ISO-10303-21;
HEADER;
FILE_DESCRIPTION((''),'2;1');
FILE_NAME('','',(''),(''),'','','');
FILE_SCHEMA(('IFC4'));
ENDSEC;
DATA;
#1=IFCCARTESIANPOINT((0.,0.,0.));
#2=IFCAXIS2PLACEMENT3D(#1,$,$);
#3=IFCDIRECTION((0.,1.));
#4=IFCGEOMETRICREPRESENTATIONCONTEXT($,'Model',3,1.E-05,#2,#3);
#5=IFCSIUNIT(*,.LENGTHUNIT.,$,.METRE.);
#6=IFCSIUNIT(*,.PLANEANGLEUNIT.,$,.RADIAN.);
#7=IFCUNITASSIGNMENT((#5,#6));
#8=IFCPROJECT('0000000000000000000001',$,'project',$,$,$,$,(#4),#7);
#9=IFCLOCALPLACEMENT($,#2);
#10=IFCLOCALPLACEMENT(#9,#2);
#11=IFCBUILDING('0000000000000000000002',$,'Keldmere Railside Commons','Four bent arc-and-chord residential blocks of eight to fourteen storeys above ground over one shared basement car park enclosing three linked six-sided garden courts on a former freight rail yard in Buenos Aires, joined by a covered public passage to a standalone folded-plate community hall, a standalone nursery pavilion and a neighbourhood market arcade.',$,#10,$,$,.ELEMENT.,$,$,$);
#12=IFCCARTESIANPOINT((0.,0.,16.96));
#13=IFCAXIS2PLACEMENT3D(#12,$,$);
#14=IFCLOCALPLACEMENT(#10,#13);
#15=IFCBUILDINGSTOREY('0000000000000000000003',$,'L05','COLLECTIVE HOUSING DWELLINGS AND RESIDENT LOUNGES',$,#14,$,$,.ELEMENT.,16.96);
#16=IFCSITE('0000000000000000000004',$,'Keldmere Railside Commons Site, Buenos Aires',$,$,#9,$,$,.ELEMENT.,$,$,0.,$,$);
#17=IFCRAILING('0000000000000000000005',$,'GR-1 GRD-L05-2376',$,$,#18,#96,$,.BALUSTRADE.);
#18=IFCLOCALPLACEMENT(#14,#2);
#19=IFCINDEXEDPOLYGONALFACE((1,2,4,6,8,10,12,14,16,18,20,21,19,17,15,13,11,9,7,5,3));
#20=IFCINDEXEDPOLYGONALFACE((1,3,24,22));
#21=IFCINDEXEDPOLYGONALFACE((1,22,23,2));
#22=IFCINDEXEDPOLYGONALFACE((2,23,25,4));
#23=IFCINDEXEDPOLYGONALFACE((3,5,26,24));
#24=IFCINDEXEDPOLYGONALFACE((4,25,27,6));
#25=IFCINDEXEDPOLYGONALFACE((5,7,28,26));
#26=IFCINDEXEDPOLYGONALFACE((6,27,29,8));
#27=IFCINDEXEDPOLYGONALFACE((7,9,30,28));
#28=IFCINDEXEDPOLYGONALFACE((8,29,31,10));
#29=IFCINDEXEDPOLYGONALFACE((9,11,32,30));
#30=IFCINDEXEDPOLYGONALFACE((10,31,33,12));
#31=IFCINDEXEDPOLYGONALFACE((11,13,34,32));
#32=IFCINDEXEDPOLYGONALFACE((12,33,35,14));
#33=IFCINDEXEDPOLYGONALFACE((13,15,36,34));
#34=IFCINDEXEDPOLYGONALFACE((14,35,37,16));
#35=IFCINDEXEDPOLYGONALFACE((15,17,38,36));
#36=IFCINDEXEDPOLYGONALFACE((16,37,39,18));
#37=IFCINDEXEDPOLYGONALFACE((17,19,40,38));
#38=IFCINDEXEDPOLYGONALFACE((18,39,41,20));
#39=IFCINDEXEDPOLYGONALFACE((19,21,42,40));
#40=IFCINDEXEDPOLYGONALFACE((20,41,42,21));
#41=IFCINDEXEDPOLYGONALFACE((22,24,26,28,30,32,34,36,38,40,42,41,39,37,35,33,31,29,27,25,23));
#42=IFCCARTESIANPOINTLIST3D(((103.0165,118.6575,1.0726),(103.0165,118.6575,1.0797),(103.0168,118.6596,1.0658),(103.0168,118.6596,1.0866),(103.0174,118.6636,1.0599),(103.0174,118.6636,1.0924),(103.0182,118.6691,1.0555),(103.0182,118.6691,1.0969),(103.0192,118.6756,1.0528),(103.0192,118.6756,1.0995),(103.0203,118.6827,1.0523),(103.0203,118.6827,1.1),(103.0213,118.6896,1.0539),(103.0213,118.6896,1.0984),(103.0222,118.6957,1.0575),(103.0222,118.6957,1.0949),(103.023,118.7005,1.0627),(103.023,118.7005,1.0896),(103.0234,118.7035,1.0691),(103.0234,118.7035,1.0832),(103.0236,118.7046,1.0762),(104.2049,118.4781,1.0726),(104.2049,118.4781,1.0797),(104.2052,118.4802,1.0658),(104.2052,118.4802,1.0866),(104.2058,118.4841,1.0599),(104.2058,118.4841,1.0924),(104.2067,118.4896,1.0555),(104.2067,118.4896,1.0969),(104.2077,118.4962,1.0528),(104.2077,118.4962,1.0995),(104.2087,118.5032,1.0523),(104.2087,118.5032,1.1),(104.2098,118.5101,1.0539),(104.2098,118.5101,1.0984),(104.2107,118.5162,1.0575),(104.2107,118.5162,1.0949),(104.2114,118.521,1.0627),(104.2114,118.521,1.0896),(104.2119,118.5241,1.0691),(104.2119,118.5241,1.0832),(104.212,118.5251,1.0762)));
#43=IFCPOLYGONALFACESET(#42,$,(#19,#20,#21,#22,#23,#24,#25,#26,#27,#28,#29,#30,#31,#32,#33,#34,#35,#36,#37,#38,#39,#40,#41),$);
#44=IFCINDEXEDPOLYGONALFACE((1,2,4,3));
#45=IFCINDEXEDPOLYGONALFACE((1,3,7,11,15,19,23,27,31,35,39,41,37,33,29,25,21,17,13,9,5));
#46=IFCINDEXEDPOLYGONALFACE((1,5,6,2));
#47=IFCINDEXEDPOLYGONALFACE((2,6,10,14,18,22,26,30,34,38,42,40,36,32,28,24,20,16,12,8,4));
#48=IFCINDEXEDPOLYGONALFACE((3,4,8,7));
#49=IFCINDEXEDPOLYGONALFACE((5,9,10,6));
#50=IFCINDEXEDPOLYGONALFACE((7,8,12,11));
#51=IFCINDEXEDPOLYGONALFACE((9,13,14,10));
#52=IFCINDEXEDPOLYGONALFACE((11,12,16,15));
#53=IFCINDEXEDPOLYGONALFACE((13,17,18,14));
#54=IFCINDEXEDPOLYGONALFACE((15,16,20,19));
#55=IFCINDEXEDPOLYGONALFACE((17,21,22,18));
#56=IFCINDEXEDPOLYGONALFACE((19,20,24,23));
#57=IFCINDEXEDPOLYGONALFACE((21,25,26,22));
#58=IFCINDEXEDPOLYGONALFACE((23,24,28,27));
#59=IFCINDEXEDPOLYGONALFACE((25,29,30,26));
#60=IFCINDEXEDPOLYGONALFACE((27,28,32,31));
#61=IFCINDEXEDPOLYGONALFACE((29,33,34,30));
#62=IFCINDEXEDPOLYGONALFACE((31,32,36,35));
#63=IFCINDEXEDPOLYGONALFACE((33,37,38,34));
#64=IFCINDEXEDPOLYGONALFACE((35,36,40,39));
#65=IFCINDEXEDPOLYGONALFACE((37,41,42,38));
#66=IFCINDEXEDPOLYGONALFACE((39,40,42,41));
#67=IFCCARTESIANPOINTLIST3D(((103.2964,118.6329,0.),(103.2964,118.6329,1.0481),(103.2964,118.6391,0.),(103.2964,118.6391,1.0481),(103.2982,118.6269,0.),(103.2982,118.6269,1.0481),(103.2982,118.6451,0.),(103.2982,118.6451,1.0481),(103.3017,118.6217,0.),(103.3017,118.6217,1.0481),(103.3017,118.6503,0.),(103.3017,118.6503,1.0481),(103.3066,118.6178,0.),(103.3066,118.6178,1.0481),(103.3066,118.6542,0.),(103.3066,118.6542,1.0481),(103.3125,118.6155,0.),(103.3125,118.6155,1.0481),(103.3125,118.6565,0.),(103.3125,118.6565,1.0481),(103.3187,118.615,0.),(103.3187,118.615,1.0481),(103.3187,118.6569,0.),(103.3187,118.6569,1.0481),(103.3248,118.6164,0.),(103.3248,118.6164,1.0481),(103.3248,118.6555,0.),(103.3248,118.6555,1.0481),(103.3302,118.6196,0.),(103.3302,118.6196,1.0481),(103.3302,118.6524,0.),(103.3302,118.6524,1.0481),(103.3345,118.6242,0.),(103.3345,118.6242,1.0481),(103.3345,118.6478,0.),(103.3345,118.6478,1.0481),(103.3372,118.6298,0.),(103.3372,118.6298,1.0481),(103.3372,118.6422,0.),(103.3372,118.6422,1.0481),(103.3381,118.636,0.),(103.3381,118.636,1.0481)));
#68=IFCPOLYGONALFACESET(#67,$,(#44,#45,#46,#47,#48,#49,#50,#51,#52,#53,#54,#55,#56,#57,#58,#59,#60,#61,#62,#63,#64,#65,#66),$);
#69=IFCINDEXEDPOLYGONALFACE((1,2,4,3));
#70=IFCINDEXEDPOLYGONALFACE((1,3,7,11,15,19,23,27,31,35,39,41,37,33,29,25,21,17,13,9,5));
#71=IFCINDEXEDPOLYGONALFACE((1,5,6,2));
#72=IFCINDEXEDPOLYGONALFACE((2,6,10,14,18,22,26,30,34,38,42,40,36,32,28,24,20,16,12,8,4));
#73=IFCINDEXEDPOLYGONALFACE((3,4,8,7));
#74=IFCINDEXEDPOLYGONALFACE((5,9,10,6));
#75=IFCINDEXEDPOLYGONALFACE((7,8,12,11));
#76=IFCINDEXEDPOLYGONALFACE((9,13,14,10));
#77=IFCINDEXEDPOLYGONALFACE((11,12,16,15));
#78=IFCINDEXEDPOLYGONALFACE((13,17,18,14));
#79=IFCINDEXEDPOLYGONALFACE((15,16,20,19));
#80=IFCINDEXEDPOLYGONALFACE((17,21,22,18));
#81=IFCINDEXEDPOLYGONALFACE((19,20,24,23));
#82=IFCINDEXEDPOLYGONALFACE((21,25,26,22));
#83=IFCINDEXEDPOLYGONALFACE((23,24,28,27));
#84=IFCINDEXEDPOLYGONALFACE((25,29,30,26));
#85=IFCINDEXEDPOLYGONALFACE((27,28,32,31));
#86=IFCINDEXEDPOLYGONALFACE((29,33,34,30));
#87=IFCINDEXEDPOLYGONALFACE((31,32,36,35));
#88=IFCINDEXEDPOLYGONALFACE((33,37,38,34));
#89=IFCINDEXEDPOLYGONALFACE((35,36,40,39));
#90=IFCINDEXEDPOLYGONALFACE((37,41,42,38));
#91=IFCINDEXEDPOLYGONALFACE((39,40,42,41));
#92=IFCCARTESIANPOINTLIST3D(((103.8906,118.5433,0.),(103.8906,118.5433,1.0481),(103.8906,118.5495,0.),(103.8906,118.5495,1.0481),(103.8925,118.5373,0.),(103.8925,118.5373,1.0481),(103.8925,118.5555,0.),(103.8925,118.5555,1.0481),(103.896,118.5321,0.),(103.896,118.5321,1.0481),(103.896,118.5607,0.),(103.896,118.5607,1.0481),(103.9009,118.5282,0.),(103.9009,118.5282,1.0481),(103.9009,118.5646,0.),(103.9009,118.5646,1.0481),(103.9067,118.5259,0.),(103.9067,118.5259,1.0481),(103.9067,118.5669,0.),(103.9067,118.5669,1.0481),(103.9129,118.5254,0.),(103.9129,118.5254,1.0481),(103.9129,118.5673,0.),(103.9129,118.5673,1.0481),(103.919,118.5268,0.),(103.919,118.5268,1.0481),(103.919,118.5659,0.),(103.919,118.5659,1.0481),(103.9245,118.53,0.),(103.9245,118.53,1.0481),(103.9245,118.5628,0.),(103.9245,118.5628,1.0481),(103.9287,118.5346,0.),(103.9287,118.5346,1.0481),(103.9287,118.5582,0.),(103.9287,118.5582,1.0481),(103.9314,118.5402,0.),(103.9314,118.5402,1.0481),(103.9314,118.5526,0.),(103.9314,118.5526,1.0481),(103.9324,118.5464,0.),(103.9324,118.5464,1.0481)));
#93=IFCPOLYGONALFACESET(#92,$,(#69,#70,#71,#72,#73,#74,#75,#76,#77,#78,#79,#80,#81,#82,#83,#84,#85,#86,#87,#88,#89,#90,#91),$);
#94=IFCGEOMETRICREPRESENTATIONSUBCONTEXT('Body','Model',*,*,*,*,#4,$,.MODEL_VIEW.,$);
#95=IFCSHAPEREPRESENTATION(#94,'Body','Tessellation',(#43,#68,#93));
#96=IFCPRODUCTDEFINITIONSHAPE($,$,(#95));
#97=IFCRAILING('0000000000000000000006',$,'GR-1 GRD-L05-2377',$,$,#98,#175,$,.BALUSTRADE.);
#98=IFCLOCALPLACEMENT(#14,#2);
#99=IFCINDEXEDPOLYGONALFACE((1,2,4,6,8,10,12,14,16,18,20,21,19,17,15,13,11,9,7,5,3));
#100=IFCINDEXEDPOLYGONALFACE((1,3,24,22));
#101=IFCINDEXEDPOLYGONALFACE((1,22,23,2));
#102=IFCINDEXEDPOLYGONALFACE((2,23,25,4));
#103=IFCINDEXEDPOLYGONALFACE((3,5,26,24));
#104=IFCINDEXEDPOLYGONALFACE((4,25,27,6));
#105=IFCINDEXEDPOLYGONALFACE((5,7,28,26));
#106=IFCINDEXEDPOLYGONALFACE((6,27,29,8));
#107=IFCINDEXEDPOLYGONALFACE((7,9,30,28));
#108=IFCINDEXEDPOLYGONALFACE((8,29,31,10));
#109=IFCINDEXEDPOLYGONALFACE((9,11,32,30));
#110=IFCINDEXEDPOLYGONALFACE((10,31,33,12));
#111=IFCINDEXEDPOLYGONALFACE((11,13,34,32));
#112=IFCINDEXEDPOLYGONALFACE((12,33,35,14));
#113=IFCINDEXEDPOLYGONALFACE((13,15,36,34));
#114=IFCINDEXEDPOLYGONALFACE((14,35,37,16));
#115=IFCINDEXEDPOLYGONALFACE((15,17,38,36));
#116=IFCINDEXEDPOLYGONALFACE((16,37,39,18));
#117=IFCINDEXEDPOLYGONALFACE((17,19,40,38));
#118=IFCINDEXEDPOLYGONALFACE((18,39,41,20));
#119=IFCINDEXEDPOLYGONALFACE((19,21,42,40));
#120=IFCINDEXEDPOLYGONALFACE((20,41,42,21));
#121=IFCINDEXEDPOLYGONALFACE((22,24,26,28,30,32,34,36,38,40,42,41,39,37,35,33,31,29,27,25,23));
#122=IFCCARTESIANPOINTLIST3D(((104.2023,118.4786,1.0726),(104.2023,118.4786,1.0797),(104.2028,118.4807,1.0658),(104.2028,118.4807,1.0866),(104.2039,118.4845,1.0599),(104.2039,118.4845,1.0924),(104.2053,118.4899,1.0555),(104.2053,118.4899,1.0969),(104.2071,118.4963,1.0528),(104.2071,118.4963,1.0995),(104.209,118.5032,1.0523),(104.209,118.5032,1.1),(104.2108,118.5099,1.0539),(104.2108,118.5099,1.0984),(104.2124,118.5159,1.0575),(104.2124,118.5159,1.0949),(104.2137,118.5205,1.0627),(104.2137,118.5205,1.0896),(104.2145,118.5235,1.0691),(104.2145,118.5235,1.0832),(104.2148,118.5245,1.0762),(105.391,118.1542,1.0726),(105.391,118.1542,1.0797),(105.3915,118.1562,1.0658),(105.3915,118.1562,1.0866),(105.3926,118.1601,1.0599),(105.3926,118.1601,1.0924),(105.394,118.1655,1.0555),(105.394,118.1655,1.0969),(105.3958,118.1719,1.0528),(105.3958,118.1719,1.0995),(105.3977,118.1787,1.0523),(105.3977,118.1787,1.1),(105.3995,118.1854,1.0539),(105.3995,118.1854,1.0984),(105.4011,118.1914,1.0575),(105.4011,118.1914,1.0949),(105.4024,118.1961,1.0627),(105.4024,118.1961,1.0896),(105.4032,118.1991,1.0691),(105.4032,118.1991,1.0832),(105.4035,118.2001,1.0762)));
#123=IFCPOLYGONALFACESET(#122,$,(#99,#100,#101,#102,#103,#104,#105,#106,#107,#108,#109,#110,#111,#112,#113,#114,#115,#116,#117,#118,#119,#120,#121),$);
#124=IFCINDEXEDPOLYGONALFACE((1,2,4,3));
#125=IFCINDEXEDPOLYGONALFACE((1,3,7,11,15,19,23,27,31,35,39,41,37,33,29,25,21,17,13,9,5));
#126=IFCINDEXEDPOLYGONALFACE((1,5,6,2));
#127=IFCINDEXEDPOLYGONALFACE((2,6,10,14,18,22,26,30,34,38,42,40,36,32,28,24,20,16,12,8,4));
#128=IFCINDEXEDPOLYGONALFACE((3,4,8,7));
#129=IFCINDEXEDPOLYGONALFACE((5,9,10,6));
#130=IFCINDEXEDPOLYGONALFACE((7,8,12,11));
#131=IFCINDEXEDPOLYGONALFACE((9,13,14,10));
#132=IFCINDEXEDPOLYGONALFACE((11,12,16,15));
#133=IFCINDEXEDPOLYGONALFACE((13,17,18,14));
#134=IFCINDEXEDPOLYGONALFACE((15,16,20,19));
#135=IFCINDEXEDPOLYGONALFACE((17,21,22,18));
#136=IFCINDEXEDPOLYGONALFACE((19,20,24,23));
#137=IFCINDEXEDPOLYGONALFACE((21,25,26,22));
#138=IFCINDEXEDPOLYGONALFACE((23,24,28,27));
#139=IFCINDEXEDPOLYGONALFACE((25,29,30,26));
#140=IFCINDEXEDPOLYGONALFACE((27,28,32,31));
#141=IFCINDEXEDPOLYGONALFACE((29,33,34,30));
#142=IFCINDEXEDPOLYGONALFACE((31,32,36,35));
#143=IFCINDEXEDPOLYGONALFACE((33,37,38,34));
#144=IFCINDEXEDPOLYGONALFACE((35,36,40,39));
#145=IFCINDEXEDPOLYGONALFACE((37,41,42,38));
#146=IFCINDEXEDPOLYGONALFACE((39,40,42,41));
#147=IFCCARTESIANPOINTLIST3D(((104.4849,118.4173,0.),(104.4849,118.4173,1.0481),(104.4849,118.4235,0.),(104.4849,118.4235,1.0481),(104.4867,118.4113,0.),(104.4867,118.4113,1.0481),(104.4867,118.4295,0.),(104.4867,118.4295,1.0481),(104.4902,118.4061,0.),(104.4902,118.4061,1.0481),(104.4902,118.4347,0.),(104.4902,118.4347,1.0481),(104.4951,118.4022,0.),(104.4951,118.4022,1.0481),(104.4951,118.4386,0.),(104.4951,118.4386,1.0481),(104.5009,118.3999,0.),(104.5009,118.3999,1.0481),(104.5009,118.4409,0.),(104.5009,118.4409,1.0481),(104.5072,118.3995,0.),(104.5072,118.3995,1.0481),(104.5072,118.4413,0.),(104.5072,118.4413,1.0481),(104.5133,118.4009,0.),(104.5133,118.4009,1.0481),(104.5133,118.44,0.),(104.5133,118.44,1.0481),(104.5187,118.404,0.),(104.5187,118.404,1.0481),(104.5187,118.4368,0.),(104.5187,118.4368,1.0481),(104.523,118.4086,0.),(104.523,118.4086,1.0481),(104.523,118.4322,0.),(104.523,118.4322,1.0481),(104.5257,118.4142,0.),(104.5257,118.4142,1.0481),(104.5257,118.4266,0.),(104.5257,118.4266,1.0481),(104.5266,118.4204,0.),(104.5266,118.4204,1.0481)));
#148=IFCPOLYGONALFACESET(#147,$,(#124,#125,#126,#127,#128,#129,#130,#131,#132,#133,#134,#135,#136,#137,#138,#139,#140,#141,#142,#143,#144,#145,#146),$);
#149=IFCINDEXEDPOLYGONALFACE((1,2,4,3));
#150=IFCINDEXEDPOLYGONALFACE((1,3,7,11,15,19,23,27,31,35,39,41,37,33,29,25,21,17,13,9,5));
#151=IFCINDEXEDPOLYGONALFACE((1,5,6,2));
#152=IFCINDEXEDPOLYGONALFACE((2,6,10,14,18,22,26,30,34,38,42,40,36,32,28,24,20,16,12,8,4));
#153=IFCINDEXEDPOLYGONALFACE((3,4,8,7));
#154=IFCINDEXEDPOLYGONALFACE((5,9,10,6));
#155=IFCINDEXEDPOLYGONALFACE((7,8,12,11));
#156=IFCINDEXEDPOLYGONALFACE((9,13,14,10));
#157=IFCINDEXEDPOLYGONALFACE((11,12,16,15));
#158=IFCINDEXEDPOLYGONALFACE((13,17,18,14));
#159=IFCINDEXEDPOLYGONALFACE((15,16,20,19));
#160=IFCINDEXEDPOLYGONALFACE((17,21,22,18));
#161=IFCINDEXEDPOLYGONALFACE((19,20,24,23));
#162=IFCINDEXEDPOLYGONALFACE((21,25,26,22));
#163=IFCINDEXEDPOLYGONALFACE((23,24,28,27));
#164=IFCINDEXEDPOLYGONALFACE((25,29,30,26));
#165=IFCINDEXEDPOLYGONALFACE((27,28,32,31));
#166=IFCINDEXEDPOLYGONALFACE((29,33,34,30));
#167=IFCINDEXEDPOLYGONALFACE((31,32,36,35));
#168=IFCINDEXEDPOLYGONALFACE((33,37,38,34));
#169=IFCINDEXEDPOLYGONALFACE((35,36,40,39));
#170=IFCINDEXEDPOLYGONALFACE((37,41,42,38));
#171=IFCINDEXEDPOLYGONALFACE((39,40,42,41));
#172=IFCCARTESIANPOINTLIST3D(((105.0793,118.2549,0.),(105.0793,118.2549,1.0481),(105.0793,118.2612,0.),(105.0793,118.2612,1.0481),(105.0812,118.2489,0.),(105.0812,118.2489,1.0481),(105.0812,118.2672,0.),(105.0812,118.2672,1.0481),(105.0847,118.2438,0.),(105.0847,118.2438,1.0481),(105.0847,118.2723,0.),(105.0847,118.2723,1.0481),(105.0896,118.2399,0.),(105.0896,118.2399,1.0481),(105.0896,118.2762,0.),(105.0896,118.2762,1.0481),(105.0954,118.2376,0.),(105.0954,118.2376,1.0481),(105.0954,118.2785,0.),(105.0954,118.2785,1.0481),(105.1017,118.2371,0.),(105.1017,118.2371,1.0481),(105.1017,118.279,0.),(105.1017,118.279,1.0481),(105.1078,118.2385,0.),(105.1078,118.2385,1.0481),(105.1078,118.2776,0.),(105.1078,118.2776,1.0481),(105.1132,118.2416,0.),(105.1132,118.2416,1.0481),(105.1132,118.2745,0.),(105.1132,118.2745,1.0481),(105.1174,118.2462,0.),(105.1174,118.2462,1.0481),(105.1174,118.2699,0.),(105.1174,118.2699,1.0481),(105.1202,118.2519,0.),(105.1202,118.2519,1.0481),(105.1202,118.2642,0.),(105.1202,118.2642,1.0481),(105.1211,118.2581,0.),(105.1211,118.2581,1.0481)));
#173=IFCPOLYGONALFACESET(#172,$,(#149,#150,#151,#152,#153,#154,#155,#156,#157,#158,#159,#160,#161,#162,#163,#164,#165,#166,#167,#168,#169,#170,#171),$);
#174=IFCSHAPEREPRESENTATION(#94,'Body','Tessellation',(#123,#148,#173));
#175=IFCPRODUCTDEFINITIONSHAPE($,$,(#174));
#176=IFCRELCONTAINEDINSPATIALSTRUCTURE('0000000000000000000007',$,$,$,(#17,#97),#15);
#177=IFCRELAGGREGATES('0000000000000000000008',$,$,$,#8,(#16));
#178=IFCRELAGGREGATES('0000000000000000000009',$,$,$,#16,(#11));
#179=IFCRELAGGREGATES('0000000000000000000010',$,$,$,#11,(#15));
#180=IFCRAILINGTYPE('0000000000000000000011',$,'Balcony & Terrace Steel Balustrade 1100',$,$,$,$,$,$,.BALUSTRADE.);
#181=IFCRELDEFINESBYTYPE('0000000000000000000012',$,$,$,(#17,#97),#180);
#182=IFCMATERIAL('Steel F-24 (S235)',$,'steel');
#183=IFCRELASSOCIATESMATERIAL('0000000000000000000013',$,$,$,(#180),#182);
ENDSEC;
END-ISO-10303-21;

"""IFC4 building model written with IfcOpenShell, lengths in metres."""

from ifc_helpers import new_model, si_unit, direction, frame, origin, origin_2d, place, context, subcontext, project, spatial, circle, extrude, material, type_object, element, save


model = new_model("IFC4")

# Units and contexts
model_context = context("Model", 3, precision=1e-05, world=origin(), true_north=direction((0.0, 1.0)))
body_context = subcontext(model_context, "Body", "Model", "MODEL_VIEW")
ifc_project = project(units=[si_unit("LENGTHUNIT", "METRE"), si_unit("PLANEANGLEUNIT", "RADIAN")], contexts=[model_context])

# Site, building, storey
site_placement = place(None, origin())
site = spatial("IfcSite", under=ifc_project, at=site_placement, Name="Keldmere Railside Commons Site, Buenos Aires", CompositionType="ELEMENT", RefElevation=0.0)
building_placement = place(site_placement, origin())
building = spatial("IfcBuilding", under=site, at=building_placement, Name="Keldmere Railside Commons", Description="Four bent arc-and-chord residential blocks of eight to fourteen storeys above ground over one shared basement car park enclosing three linked six-sided garden courts on a former freight rail yard in Buenos Aires, joined by a covered public passage to a standalone folded-plate community hall, a standalone nursery pavilion and a neighbourhood market arcade.", CompositionType="ELEMENT")
storey_placement = place(building_placement, frame((0.0, 0.0, 16.96)))
storey = spatial("IfcBuildingStorey", under=building, at=storey_placement, Name="L05", Description="COLLECTIVE HOUSING DWELLINGS AND RESIDENT LOUNGES", CompositionType="ELEMENT", Elevation=16.96)

# Railings
ifc_material_1 = material(Name="Steel F-24 (S235)", Category="steel")
railing_type = type_object("IfcRailingType", Name="Balcony & Terrace Steel Balustrade 1100", PredefinedType="BALUSTRADE", material=ifc_material_1)
railing_1_placement = place(storey_placement, frame((103.02, 118.6809, 0.0)))
element("IfcRailing", 1, at=railing_1_placement, inside=storey, type_object=railing_type, Name="GR-1 GRD-L05-2376", PredefinedType="BALUSTRADE", context=body_context, shape_type="SweptSolid", body=[
    extrude(circle(Radius=0.0239, at=origin_2d()), frame((0.0, 0.0, 1.0762), z_axis=(0.988793, -0.149294, 0.0), x_axis=(0.149294, 0.988793, 0.0)), (0.0, 0.0, 1.0), 1.2019),
    extrude(circle(Radius=0.021, at=origin_2d()), frame((0.2971, -0.0449, 0.0)), (0.0, 0.0, 1.0), 1.0481),
    extrude(circle(Radius=0.021, at=origin_2d()), frame((0.8914, -0.1345, 0.0)), (0.0, 0.0, 1.0), 1.0481),
])
railing_2_placement = place(storey_placement, frame((104.2085, 118.5015, 0.0)))
element("IfcRailing", 2, at=railing_2_placement, inside=storey, type_object=railing_type, Name="GR-1 GRD-L05-2377", PredefinedType="BALUSTRADE", context=body_context, shape_type="SweptSolid", body=[
    extrude(circle(Radius=0.0239, at=origin_2d()), frame((0.0, 0.0, 1.0762), z_axis=(0.964709, -0.263319, 0.0), x_axis=(0.263319, 0.964709, 0.0)), (0.0, 0.0, 1.0), 1.2322),
    extrude(circle(Radius=0.021, at=origin_2d()), frame((0.2971, -0.0811, 0.0)), (0.0, 0.0, 1.0), 1.0481),
    extrude(circle(Radius=0.021, at=origin_2d()), frame((0.8916, -0.2434, 0.0)), (0.0, 0.0, 1.0), 1.0481),
])

save(model, "model.ifc")
